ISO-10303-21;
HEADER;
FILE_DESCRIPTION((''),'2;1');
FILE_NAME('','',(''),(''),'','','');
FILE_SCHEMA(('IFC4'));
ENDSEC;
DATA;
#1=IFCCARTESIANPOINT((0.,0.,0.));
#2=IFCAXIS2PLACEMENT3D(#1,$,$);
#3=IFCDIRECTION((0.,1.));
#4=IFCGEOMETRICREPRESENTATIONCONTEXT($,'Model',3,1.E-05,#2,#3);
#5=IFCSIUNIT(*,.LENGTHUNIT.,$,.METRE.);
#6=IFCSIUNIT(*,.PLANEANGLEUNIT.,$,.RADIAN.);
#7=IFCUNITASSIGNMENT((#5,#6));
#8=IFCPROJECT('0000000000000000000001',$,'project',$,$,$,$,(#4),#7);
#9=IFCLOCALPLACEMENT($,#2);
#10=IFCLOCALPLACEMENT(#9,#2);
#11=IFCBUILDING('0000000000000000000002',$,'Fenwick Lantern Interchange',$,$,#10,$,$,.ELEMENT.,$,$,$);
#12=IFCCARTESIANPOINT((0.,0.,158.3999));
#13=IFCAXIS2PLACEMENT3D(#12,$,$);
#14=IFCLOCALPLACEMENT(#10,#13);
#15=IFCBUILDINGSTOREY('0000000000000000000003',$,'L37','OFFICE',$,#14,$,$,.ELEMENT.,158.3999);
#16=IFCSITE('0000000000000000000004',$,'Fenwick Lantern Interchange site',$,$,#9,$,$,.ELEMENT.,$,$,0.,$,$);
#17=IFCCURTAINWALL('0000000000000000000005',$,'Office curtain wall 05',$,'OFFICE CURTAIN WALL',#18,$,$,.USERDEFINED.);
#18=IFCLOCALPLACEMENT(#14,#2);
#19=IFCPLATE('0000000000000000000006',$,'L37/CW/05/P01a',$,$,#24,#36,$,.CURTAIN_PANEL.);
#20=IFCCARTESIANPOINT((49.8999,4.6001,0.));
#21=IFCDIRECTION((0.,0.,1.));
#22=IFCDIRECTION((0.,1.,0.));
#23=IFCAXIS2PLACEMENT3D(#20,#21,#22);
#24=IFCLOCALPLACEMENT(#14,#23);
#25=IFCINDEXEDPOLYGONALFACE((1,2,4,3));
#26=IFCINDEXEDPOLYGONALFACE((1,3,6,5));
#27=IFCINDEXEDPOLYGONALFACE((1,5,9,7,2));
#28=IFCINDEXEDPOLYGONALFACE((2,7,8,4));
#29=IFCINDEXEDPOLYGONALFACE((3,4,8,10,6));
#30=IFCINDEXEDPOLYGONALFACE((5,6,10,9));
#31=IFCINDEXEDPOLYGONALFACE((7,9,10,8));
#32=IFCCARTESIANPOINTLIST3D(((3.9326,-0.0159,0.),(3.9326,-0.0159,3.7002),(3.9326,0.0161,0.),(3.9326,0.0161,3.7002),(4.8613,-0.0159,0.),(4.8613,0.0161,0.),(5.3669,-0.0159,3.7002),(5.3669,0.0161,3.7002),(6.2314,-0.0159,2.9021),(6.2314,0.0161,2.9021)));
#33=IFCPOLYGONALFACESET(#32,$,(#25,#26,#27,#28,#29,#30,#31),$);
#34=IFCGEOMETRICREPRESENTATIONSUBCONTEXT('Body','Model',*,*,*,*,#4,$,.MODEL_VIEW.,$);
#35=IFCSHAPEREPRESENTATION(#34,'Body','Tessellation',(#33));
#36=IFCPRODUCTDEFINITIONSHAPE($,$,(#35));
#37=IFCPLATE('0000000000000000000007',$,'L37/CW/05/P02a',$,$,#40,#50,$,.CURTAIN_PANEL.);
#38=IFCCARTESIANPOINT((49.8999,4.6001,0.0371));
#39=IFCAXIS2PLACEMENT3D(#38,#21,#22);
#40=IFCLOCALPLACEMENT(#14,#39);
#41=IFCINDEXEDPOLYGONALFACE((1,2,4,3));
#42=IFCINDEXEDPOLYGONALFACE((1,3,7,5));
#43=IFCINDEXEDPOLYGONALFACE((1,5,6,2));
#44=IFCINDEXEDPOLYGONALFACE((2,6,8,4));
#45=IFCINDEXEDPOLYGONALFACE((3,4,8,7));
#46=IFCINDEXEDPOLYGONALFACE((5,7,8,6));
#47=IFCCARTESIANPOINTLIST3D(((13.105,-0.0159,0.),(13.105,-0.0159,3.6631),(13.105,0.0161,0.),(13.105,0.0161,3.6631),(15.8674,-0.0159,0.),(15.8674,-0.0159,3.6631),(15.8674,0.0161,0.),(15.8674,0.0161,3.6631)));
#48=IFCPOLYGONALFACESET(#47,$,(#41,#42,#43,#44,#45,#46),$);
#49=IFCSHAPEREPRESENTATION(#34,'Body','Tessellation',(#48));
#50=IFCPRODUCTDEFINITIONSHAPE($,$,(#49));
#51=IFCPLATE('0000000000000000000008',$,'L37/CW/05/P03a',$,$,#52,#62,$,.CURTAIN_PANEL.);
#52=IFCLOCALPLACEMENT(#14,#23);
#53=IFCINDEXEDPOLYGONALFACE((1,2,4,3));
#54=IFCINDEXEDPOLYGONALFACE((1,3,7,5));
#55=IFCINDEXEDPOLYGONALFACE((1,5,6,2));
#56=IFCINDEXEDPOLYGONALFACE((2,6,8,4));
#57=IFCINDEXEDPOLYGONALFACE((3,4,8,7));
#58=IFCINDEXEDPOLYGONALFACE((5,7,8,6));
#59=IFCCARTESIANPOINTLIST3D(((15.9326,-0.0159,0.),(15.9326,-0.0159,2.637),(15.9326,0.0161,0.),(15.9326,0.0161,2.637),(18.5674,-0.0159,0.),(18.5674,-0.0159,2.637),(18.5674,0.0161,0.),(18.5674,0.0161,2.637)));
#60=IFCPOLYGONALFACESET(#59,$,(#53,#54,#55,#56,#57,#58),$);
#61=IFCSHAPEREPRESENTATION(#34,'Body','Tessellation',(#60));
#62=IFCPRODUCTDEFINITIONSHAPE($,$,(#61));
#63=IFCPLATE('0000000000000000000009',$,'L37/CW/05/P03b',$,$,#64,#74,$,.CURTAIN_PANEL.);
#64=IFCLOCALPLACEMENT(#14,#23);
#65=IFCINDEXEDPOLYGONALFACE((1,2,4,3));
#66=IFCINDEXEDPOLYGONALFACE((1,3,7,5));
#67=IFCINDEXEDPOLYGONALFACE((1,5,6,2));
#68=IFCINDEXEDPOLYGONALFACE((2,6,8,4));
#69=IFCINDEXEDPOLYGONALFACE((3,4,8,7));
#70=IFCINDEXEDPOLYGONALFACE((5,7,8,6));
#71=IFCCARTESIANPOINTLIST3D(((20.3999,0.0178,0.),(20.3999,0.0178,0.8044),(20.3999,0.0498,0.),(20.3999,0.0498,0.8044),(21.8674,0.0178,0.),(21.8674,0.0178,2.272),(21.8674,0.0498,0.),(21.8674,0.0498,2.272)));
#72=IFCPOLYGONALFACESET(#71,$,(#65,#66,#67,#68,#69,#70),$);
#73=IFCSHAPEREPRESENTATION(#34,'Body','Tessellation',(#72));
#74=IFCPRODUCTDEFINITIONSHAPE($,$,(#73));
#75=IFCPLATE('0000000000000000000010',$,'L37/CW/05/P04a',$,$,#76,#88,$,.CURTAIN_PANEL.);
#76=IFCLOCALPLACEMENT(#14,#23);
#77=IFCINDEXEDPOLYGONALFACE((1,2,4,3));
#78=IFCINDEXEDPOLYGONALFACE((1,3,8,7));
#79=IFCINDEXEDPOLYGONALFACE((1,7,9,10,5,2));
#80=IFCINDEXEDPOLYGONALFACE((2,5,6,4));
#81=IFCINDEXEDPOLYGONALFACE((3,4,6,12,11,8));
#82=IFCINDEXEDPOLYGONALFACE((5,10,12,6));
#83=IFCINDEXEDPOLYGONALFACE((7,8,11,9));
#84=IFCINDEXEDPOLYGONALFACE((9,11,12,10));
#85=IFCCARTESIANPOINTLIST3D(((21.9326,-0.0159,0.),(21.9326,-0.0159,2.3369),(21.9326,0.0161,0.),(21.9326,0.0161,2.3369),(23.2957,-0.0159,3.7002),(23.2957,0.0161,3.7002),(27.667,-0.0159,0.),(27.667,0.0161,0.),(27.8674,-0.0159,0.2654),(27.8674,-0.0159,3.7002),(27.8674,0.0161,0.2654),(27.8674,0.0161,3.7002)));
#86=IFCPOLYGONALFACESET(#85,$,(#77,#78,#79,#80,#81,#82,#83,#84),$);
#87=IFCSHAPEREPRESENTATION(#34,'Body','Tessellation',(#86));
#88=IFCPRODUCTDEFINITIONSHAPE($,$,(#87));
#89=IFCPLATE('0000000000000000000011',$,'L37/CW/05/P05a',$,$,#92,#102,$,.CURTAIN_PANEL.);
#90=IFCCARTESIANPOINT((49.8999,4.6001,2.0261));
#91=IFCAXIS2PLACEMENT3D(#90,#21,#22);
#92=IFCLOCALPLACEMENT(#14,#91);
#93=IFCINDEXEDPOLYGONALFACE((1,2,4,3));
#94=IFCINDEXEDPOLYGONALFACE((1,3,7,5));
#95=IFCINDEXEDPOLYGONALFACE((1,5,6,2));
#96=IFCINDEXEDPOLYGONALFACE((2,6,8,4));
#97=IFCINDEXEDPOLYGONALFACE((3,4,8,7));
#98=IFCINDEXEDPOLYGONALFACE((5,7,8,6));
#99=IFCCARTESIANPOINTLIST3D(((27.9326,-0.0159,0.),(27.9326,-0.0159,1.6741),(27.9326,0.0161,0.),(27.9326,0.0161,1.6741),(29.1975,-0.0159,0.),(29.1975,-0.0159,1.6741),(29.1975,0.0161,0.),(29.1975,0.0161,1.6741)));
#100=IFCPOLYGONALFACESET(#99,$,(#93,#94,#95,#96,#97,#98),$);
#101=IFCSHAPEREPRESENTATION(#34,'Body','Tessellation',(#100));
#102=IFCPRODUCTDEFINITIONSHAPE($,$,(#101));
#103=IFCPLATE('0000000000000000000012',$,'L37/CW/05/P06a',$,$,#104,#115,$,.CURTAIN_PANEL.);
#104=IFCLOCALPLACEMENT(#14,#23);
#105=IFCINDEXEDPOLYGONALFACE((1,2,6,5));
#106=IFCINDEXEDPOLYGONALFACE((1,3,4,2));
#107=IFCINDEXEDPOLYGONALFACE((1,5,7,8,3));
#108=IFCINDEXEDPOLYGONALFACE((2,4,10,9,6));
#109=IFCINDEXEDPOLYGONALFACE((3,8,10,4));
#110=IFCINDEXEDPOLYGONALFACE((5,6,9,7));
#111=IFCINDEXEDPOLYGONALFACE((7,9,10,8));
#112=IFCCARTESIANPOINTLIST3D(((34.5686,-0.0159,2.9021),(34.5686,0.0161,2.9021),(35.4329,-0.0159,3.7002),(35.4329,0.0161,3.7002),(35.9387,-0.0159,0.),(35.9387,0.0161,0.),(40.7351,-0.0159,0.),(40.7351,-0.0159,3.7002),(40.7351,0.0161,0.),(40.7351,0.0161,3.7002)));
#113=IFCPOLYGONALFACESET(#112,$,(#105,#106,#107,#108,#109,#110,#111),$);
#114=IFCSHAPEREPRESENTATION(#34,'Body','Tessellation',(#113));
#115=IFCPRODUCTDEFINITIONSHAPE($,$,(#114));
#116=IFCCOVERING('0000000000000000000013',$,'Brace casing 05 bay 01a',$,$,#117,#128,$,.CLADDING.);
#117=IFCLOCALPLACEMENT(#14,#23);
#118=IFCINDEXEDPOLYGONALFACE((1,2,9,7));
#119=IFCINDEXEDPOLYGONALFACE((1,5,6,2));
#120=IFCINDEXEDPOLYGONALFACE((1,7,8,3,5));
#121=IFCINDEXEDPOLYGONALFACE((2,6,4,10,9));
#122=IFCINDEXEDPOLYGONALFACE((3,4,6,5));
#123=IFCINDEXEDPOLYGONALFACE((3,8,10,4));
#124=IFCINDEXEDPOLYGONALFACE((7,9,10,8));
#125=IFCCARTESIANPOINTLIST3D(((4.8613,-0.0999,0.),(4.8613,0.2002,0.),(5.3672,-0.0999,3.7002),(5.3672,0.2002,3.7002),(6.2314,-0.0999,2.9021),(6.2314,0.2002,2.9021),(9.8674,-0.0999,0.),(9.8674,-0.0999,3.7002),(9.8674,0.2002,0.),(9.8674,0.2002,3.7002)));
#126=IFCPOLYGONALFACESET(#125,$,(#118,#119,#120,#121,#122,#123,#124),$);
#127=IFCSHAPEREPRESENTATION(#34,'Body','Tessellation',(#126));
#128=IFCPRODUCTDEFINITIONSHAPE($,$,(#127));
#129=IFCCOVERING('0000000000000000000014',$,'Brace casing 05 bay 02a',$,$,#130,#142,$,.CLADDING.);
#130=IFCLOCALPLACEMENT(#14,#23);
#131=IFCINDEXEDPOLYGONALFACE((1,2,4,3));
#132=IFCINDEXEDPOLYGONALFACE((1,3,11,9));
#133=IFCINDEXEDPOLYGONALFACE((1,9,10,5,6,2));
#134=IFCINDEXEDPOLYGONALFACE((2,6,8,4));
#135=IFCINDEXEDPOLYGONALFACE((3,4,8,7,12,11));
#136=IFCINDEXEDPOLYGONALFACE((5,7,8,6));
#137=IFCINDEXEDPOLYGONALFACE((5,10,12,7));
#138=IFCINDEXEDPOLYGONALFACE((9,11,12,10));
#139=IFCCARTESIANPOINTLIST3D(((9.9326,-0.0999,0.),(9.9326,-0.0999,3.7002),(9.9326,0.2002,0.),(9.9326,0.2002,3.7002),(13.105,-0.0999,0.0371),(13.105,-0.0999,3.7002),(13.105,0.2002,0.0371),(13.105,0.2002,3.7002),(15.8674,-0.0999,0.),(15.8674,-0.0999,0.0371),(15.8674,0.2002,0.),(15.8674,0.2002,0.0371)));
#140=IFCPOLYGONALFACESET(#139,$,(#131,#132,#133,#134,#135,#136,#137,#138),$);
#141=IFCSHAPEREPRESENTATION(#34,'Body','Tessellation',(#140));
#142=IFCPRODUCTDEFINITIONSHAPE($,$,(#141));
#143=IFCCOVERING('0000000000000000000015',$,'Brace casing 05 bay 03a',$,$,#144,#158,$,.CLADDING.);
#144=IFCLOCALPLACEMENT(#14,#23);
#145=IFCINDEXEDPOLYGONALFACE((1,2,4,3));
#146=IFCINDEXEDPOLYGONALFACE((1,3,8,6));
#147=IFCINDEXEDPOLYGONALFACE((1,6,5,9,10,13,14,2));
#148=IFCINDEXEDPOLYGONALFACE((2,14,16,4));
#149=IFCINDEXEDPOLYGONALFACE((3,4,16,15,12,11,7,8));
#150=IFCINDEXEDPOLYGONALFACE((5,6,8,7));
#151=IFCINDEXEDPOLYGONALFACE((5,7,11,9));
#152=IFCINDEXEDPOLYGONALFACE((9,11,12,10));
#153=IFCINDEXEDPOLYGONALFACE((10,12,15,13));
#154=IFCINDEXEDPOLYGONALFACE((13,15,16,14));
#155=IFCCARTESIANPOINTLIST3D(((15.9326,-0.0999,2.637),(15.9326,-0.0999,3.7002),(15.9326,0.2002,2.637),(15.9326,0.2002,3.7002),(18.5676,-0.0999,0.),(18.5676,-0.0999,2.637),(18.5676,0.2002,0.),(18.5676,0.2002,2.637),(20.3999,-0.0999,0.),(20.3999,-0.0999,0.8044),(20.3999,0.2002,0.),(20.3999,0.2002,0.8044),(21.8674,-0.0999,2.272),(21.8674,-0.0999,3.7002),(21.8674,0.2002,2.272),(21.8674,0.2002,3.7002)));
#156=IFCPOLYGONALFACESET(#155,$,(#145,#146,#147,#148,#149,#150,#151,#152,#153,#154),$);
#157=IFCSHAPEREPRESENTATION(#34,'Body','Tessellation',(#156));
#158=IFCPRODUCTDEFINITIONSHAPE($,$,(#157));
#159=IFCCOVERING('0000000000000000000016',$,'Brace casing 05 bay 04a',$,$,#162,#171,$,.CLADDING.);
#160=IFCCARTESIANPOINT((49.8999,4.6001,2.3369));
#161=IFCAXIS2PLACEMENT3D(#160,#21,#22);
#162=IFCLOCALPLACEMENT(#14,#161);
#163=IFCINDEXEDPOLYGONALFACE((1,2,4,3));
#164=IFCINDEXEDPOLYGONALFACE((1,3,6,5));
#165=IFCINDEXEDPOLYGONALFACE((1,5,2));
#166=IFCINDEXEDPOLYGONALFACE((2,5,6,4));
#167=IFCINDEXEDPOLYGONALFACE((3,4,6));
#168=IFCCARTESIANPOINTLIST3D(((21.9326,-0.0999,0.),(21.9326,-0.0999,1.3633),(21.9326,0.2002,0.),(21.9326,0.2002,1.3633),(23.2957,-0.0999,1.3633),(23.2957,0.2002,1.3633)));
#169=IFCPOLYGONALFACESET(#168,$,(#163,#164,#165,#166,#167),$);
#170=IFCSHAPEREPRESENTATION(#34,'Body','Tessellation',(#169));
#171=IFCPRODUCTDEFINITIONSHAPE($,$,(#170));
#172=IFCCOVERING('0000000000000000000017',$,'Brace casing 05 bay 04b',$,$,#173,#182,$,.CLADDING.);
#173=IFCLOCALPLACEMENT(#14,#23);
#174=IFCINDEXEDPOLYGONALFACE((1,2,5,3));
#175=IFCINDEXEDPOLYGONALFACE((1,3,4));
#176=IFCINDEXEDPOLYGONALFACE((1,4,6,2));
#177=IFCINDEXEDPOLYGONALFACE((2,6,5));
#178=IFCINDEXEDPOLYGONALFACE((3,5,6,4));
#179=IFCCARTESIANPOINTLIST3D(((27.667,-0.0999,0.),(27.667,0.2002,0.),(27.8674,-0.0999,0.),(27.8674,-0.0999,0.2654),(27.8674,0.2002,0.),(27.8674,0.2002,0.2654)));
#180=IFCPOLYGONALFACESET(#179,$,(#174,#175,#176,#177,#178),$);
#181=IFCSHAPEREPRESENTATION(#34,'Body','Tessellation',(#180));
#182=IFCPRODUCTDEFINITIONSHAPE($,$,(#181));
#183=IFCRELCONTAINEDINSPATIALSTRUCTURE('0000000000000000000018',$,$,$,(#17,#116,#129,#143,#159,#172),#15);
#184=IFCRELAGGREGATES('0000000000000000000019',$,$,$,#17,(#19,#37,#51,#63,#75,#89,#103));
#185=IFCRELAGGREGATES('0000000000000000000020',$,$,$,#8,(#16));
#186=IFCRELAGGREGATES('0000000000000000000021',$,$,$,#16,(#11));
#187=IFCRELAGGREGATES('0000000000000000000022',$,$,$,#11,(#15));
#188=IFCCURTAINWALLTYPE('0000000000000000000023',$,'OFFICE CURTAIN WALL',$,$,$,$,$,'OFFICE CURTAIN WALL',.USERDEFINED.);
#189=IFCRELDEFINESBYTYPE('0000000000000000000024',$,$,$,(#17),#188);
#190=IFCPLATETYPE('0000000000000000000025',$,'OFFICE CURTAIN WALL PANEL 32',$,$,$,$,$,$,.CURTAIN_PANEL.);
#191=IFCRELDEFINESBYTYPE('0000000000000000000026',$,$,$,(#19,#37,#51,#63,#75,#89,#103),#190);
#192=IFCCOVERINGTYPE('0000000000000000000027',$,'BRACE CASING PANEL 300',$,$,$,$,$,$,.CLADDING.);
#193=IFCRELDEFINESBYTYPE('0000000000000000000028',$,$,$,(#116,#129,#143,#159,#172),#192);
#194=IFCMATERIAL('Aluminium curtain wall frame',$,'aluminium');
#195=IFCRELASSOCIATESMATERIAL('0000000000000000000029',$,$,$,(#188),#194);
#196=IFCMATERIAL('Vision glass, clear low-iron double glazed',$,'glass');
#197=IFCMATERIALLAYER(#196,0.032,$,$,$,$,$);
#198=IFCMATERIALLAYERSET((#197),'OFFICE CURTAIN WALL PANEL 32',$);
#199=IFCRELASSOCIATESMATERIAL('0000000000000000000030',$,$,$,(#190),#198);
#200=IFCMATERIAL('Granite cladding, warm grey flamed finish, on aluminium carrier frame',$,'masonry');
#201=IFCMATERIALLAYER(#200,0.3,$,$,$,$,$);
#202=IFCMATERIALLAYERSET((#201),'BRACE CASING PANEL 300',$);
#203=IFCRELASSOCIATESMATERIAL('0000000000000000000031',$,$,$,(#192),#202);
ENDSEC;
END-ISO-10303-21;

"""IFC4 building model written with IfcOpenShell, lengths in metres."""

from ifc_helpers import new_model, si_unit, direction, frame, origin, place, context, subcontext, project, spatial, polyline, outline, extrude, material, layer, layer_set, type_object, element, aggregate, save


model = new_model("IFC4")

# Units and contexts
model_context = context("Model", 3, precision=1e-05, world=origin(), true_north=direction((0.0, 1.0)))
body_context = subcontext(model_context, "Body", "Model", "MODEL_VIEW")
ifc_project = project(units=[si_unit("LENGTHUNIT", "METRE"), si_unit("PLANEANGLEUNIT", "RADIAN")], contexts=[model_context])

# Site, building, storey
site_placement = place(None, origin())
site = spatial("IfcSite", under=ifc_project, at=site_placement, Name="Fenwick Lantern Interchange site", CompositionType="ELEMENT", RefElevation=0.0)
building_placement = place(site_placement, origin())
building = spatial("IfcBuilding", under=site, at=building_placement, Name="Fenwick Lantern Interchange", CompositionType="ELEMENT")
storey_placement = place(building_placement, frame((0.0, 0.0, 158.3999)))
storey = spatial("IfcBuildingStorey", under=building, at=storey_placement, Name="L37", Description="OFFICE", CompositionType="ELEMENT", Elevation=158.3999)

# Shared definitions
ifc_material_1 = material(Name="Aluminium curtain wall frame", Category="aluminium")
curtain_wall_type = type_object("IfcCurtainWallType", Name="OFFICE CURTAIN WALL", ElementType="OFFICE CURTAIN WALL", PredefinedType="USERDEFINED", material=ifc_material_1)

# Shared definitions
ifc_material_2 = material(Name="Vision glass, clear low-iron double glazed", Category="glass")
ifc_layer_1 = layer(ifc_material_2, 0.032)
ifc_layer_set_1 = layer_set([ifc_layer_1], Name="OFFICE CURTAIN WALL PANEL 32")
plate_type = type_object("IfcPlateType", Name="OFFICE CURTAIN WALL PANEL 32", PredefinedType="CURTAIN_PANEL", material=ifc_layer_set_1)

# Curtain wall, plates
curtain_wall_1_placement = place(storey_placement, origin())
curtain_wall_1 = element("IfcCurtainWall", 1, at=curtain_wall_1_placement, inside=storey, type_object=curtain_wall_type, Name="Office curtain wall 05", ObjectType="OFFICE CURTAIN WALL", PredefinedType="USERDEFINED")
plate_1_placement = place(storey_placement, frame((49.8999, 4.6001, 0.0), z_axis=(0.0, 0.0, 1.0), x_axis=(0.0, 1.0, 0.0)))
plate_1 = element("IfcPlate", 2, at=plate_1_placement, type_object=plate_type, Name="L37/CW/05/P01a", PredefinedType="CURTAIN_PANEL", context=body_context, shape_type="SweptSolid", body=[
    extrude(outline(polyline([(3.9326, 0.0), (4.8613, 0.0), (6.2314, 2.9021), (5.3669, 3.7002), (3.9326, 3.7002), (3.9326, 0.0)])), frame((0.0, 0.0161, 0.0), z_axis=(0.0, -1.0, 0.0), x_axis=(1.0, 0.0, 0.0)), (0.0, 0.0, 1.0), 0.032),
])
plate_2_placement = place(storey_placement, frame((49.8999, 4.6001, 0.0371), z_axis=(0.0, 0.0, 1.0), x_axis=(0.0, 1.0, 0.0)))
plate_2 = element("IfcPlate", 3, at=plate_2_placement, type_object=plate_type, Name="L37/CW/05/P02a", PredefinedType="CURTAIN_PANEL", context=body_context, shape_type="SweptSolid", body=[
    extrude(outline(polyline([(13.105, 0.0), (15.8674, 0.0), (15.8674, 3.6631), (13.105, 3.6631), (13.105, 0.0)])), frame((0.0, 0.0161, 0.0), z_axis=(0.0, -1.0, 0.0), x_axis=(1.0, 0.0, 0.0)), (0.0, 0.0, 1.0), 0.032),
])
plate_3_placement = place(storey_placement, frame((49.8999, 4.6001, 0.0), z_axis=(0.0, 0.0, 1.0), x_axis=(0.0, 1.0, 0.0)))
plate_3 = element("IfcPlate", 4, at=plate_3_placement, type_object=plate_type, Name="L37/CW/05/P03a", PredefinedType="CURTAIN_PANEL", context=body_context, shape_type="SweptSolid", body=[
    extrude(outline(polyline([(15.9326, 0.0), (18.5674, 0.0), (18.5674, 2.637), (15.9326, 2.637), (15.9326, 0.0)])), frame((0.0, 0.0161, 0.0), z_axis=(0.0, -1.0, 0.0), x_axis=(1.0, 0.0, 0.0)), (0.0, 0.0, 1.0), 0.032),
])
plate_4_placement = place(storey_placement, frame((49.8999, 4.6001, 0.0), z_axis=(0.0, 0.0, 1.0), x_axis=(0.0, 1.0, 0.0)))
plate_4 = element("IfcPlate", 5, at=plate_4_placement, type_object=plate_type, Name="L37/CW/05/P03b", PredefinedType="CURTAIN_PANEL", context=body_context, shape_type="SweptSolid", body=[
    extrude(outline(polyline([(20.3999, 0.0), (21.8674, 0.0), (21.8674, 2.272), (20.3999, 0.8044), (20.3999, 0.0)])), frame((0.0, 0.0498, 0.0), z_axis=(0.0, -1.0, 0.0), x_axis=(1.0, 0.0, 0.0)), (0.0, 0.0, 1.0), 0.032),
])
plate_5_placement = place(storey_placement, frame((49.8999, 4.6001, 0.0), z_axis=(0.0, 0.0, 1.0), x_axis=(0.0, 1.0, 0.0)))
plate_5 = element("IfcPlate", 6, at=plate_5_placement, type_object=plate_type, Name="L37/CW/05/P04a", PredefinedType="CURTAIN_PANEL", context=body_context, shape_type="SweptSolid", body=[
    extrude(outline(polyline([(21.9326, 0.0), (27.667, 0.0), (27.8674, 0.2654), (27.8674, 3.7002), (23.2957, 3.7002), (21.9326, 2.3369), (21.9326, 0.0)])), frame((0.0, 0.0161, 0.0), z_axis=(0.0, -1.0, 0.0), x_axis=(1.0, 0.0, 0.0)), (0.0, 0.0, 1.0), 0.032),
])
plate_6_placement = place(storey_placement, frame((49.8999, 4.6001, 2.0261), z_axis=(0.0, 0.0, 1.0), x_axis=(0.0, 1.0, 0.0)))
plate_6 = element("IfcPlate", 7, at=plate_6_placement, type_object=plate_type, Name="L37/CW/05/P05a", PredefinedType="CURTAIN_PANEL", context=body_context, shape_type="SweptSolid", body=[
    extrude(outline(polyline([(27.9326, 0.0), (29.1975, 0.0), (29.1975, 1.6741), (27.9326, 1.6741), (27.9326, 0.0)])), frame((0.0, 0.0161, 0.0), z_axis=(0.0, -1.0, 0.0), x_axis=(1.0, 0.0, 0.0)), (0.0, 0.0, 1.0), 0.032),
])
plate_7_placement = place(storey_placement, frame((49.8999, 4.6001, 0.0), z_axis=(0.0, 0.0, 1.0), x_axis=(0.0, 1.0, 0.0)))
plate_7 = element("IfcPlate", 8, at=plate_7_placement, type_object=plate_type, Name="L37/CW/05/P06a", PredefinedType="CURTAIN_PANEL", context=body_context, shape_type="SweptSolid", body=[
    extrude(outline(polyline([(35.9387, 0.0), (40.7351, 0.0), (40.7351, 3.7002), (35.4329, 3.7002), (34.5686, 2.9021), (35.9387, 0.0)])), frame((0.0, 0.0161, 0.0), z_axis=(0.0, -1.0, 0.0), x_axis=(1.0, 0.0, 0.0)), (0.0, 0.0, 1.0), 0.032),
])
aggregate(curtain_wall_1, [plate_1, plate_2, plate_3, plate_4, plate_5, plate_6, plate_7])

# Coverings
ifc_material_3 = material(Name="Granite cladding, warm grey flamed finish, on aluminium carrier frame", Category="masonry")
ifc_layer_2 = layer(ifc_material_3, 0.3)
ifc_layer_set_2 = layer_set([ifc_layer_2], Name="BRACE CASING PANEL 300")
covering_type = type_object("IfcCoveringType", Name="BRACE CASING PANEL 300", PredefinedType="CLADDING", material=ifc_layer_set_2)
covering_1_placement = place(storey_placement, frame((49.8999, 4.6001, 0.0), z_axis=(0.0, 0.0, 1.0), x_axis=(0.0, 1.0, 0.0)))
element("IfcCovering", 9, at=covering_1_placement, inside=storey, type_object=covering_type, Name="Brace casing 05 bay 01a", PredefinedType="CLADDING", context=body_context, shape_type="SweptSolid", body=[
    extrude(outline(polyline([(4.8613, 0.0), (9.8674, 0.0), (9.8674, 3.7002), (5.3672, 3.7002), (6.2314, 2.9021), (4.8613, 0.0)])), frame((0.0, 0.2002, 0.0), z_axis=(0.0, -1.0, 0.0), x_axis=(1.0, 0.0, 0.0)), (0.0, 0.0, 1.0), 0.3),
])
covering_2_placement = place(storey_placement, frame((49.8999, 4.6001, 0.0), z_axis=(0.0, 0.0, 1.0), x_axis=(0.0, 1.0, 0.0)))
element("IfcCovering", 10, at=covering_2_placement, inside=storey, type_object=covering_type, Name="Brace casing 05 bay 02a", PredefinedType="CLADDING", context=body_context, shape_type="SweptSolid", body=[
    extrude(outline(polyline([(9.9326, 0.0), (15.8674, 0.0), (15.8674, 0.0371), (13.105, 0.0371), (13.105, 3.7002), (9.9326, 3.7002), (9.9326, 0.0)])), frame((0.0, 0.2002, 0.0), z_axis=(0.0, -1.0, 0.0), x_axis=(1.0, 0.0, 0.0)), (0.0, 0.0, 1.0), 0.3),
])
covering_3_placement = place(storey_placement, frame((49.8999, 4.6001, 0.0), z_axis=(0.0, 0.0, 1.0), x_axis=(0.0, 1.0, 0.0)))
element("IfcCovering", 11, at=covering_3_placement, inside=storey, type_object=covering_type, Name="Brace casing 05 bay 03a", PredefinedType="CLADDING", context=body_context, shape_type="SweptSolid", body=[
    extrude(outline(polyline([(18.5676, 0.0), (20.3999, 0.0), (20.3999, 0.8044), (21.8674, 2.272), (21.8674, 3.7002), (15.9326, 3.7002), (15.9326, 2.637), (18.5676, 2.637), (18.5676, 0.0)])), frame((0.0, 0.2002, 0.0), z_axis=(0.0, -1.0, 0.0), x_axis=(1.0, 0.0, 0.0)), (0.0, 0.0, 1.0), 0.3),
])
covering_4_placement = place(storey_placement, frame((49.8999, 4.6001, 2.3369), z_axis=(0.0, 0.0, 1.0), x_axis=(0.0, 1.0, 0.0)))
element("IfcCovering", 12, at=covering_4_placement, inside=storey, type_object=covering_type, Name="Brace casing 05 bay 04a", PredefinedType="CLADDING", context=body_context, shape_type="SweptSolid", body=[
    extrude(outline(polyline([(21.9326, 0.0), (23.2957, 1.3633), (21.9326, 1.3633), (21.9326, 0.0)])), frame((0.0, 0.2002, 0.0), z_axis=(0.0, -1.0, 0.0), x_axis=(1.0, 0.0, 0.0)), (0.0, 0.0, 1.0), 0.3),
])
covering_5_placement = place(storey_placement, frame((49.8999, 4.6001, 0.0), z_axis=(0.0, 0.0, 1.0), x_axis=(0.0, 1.0, 0.0)))
element("IfcCovering", 13, at=covering_5_placement, inside=storey, type_object=covering_type, Name="Brace casing 05 bay 04b", PredefinedType="CLADDING", context=body_context, shape_type="SweptSolid", body=[
    extrude(outline(polyline([(27.667, 0.0), (27.8674, 0.0), (27.8674, 0.2654), (27.667, 0.0)])), frame((0.0, 0.2002, 0.0), z_axis=(0.0, -1.0, 0.0), x_axis=(1.0, 0.0, 0.0)), (0.0, 0.0, 1.0), 0.3),
])

save(model, "model.ifc")
